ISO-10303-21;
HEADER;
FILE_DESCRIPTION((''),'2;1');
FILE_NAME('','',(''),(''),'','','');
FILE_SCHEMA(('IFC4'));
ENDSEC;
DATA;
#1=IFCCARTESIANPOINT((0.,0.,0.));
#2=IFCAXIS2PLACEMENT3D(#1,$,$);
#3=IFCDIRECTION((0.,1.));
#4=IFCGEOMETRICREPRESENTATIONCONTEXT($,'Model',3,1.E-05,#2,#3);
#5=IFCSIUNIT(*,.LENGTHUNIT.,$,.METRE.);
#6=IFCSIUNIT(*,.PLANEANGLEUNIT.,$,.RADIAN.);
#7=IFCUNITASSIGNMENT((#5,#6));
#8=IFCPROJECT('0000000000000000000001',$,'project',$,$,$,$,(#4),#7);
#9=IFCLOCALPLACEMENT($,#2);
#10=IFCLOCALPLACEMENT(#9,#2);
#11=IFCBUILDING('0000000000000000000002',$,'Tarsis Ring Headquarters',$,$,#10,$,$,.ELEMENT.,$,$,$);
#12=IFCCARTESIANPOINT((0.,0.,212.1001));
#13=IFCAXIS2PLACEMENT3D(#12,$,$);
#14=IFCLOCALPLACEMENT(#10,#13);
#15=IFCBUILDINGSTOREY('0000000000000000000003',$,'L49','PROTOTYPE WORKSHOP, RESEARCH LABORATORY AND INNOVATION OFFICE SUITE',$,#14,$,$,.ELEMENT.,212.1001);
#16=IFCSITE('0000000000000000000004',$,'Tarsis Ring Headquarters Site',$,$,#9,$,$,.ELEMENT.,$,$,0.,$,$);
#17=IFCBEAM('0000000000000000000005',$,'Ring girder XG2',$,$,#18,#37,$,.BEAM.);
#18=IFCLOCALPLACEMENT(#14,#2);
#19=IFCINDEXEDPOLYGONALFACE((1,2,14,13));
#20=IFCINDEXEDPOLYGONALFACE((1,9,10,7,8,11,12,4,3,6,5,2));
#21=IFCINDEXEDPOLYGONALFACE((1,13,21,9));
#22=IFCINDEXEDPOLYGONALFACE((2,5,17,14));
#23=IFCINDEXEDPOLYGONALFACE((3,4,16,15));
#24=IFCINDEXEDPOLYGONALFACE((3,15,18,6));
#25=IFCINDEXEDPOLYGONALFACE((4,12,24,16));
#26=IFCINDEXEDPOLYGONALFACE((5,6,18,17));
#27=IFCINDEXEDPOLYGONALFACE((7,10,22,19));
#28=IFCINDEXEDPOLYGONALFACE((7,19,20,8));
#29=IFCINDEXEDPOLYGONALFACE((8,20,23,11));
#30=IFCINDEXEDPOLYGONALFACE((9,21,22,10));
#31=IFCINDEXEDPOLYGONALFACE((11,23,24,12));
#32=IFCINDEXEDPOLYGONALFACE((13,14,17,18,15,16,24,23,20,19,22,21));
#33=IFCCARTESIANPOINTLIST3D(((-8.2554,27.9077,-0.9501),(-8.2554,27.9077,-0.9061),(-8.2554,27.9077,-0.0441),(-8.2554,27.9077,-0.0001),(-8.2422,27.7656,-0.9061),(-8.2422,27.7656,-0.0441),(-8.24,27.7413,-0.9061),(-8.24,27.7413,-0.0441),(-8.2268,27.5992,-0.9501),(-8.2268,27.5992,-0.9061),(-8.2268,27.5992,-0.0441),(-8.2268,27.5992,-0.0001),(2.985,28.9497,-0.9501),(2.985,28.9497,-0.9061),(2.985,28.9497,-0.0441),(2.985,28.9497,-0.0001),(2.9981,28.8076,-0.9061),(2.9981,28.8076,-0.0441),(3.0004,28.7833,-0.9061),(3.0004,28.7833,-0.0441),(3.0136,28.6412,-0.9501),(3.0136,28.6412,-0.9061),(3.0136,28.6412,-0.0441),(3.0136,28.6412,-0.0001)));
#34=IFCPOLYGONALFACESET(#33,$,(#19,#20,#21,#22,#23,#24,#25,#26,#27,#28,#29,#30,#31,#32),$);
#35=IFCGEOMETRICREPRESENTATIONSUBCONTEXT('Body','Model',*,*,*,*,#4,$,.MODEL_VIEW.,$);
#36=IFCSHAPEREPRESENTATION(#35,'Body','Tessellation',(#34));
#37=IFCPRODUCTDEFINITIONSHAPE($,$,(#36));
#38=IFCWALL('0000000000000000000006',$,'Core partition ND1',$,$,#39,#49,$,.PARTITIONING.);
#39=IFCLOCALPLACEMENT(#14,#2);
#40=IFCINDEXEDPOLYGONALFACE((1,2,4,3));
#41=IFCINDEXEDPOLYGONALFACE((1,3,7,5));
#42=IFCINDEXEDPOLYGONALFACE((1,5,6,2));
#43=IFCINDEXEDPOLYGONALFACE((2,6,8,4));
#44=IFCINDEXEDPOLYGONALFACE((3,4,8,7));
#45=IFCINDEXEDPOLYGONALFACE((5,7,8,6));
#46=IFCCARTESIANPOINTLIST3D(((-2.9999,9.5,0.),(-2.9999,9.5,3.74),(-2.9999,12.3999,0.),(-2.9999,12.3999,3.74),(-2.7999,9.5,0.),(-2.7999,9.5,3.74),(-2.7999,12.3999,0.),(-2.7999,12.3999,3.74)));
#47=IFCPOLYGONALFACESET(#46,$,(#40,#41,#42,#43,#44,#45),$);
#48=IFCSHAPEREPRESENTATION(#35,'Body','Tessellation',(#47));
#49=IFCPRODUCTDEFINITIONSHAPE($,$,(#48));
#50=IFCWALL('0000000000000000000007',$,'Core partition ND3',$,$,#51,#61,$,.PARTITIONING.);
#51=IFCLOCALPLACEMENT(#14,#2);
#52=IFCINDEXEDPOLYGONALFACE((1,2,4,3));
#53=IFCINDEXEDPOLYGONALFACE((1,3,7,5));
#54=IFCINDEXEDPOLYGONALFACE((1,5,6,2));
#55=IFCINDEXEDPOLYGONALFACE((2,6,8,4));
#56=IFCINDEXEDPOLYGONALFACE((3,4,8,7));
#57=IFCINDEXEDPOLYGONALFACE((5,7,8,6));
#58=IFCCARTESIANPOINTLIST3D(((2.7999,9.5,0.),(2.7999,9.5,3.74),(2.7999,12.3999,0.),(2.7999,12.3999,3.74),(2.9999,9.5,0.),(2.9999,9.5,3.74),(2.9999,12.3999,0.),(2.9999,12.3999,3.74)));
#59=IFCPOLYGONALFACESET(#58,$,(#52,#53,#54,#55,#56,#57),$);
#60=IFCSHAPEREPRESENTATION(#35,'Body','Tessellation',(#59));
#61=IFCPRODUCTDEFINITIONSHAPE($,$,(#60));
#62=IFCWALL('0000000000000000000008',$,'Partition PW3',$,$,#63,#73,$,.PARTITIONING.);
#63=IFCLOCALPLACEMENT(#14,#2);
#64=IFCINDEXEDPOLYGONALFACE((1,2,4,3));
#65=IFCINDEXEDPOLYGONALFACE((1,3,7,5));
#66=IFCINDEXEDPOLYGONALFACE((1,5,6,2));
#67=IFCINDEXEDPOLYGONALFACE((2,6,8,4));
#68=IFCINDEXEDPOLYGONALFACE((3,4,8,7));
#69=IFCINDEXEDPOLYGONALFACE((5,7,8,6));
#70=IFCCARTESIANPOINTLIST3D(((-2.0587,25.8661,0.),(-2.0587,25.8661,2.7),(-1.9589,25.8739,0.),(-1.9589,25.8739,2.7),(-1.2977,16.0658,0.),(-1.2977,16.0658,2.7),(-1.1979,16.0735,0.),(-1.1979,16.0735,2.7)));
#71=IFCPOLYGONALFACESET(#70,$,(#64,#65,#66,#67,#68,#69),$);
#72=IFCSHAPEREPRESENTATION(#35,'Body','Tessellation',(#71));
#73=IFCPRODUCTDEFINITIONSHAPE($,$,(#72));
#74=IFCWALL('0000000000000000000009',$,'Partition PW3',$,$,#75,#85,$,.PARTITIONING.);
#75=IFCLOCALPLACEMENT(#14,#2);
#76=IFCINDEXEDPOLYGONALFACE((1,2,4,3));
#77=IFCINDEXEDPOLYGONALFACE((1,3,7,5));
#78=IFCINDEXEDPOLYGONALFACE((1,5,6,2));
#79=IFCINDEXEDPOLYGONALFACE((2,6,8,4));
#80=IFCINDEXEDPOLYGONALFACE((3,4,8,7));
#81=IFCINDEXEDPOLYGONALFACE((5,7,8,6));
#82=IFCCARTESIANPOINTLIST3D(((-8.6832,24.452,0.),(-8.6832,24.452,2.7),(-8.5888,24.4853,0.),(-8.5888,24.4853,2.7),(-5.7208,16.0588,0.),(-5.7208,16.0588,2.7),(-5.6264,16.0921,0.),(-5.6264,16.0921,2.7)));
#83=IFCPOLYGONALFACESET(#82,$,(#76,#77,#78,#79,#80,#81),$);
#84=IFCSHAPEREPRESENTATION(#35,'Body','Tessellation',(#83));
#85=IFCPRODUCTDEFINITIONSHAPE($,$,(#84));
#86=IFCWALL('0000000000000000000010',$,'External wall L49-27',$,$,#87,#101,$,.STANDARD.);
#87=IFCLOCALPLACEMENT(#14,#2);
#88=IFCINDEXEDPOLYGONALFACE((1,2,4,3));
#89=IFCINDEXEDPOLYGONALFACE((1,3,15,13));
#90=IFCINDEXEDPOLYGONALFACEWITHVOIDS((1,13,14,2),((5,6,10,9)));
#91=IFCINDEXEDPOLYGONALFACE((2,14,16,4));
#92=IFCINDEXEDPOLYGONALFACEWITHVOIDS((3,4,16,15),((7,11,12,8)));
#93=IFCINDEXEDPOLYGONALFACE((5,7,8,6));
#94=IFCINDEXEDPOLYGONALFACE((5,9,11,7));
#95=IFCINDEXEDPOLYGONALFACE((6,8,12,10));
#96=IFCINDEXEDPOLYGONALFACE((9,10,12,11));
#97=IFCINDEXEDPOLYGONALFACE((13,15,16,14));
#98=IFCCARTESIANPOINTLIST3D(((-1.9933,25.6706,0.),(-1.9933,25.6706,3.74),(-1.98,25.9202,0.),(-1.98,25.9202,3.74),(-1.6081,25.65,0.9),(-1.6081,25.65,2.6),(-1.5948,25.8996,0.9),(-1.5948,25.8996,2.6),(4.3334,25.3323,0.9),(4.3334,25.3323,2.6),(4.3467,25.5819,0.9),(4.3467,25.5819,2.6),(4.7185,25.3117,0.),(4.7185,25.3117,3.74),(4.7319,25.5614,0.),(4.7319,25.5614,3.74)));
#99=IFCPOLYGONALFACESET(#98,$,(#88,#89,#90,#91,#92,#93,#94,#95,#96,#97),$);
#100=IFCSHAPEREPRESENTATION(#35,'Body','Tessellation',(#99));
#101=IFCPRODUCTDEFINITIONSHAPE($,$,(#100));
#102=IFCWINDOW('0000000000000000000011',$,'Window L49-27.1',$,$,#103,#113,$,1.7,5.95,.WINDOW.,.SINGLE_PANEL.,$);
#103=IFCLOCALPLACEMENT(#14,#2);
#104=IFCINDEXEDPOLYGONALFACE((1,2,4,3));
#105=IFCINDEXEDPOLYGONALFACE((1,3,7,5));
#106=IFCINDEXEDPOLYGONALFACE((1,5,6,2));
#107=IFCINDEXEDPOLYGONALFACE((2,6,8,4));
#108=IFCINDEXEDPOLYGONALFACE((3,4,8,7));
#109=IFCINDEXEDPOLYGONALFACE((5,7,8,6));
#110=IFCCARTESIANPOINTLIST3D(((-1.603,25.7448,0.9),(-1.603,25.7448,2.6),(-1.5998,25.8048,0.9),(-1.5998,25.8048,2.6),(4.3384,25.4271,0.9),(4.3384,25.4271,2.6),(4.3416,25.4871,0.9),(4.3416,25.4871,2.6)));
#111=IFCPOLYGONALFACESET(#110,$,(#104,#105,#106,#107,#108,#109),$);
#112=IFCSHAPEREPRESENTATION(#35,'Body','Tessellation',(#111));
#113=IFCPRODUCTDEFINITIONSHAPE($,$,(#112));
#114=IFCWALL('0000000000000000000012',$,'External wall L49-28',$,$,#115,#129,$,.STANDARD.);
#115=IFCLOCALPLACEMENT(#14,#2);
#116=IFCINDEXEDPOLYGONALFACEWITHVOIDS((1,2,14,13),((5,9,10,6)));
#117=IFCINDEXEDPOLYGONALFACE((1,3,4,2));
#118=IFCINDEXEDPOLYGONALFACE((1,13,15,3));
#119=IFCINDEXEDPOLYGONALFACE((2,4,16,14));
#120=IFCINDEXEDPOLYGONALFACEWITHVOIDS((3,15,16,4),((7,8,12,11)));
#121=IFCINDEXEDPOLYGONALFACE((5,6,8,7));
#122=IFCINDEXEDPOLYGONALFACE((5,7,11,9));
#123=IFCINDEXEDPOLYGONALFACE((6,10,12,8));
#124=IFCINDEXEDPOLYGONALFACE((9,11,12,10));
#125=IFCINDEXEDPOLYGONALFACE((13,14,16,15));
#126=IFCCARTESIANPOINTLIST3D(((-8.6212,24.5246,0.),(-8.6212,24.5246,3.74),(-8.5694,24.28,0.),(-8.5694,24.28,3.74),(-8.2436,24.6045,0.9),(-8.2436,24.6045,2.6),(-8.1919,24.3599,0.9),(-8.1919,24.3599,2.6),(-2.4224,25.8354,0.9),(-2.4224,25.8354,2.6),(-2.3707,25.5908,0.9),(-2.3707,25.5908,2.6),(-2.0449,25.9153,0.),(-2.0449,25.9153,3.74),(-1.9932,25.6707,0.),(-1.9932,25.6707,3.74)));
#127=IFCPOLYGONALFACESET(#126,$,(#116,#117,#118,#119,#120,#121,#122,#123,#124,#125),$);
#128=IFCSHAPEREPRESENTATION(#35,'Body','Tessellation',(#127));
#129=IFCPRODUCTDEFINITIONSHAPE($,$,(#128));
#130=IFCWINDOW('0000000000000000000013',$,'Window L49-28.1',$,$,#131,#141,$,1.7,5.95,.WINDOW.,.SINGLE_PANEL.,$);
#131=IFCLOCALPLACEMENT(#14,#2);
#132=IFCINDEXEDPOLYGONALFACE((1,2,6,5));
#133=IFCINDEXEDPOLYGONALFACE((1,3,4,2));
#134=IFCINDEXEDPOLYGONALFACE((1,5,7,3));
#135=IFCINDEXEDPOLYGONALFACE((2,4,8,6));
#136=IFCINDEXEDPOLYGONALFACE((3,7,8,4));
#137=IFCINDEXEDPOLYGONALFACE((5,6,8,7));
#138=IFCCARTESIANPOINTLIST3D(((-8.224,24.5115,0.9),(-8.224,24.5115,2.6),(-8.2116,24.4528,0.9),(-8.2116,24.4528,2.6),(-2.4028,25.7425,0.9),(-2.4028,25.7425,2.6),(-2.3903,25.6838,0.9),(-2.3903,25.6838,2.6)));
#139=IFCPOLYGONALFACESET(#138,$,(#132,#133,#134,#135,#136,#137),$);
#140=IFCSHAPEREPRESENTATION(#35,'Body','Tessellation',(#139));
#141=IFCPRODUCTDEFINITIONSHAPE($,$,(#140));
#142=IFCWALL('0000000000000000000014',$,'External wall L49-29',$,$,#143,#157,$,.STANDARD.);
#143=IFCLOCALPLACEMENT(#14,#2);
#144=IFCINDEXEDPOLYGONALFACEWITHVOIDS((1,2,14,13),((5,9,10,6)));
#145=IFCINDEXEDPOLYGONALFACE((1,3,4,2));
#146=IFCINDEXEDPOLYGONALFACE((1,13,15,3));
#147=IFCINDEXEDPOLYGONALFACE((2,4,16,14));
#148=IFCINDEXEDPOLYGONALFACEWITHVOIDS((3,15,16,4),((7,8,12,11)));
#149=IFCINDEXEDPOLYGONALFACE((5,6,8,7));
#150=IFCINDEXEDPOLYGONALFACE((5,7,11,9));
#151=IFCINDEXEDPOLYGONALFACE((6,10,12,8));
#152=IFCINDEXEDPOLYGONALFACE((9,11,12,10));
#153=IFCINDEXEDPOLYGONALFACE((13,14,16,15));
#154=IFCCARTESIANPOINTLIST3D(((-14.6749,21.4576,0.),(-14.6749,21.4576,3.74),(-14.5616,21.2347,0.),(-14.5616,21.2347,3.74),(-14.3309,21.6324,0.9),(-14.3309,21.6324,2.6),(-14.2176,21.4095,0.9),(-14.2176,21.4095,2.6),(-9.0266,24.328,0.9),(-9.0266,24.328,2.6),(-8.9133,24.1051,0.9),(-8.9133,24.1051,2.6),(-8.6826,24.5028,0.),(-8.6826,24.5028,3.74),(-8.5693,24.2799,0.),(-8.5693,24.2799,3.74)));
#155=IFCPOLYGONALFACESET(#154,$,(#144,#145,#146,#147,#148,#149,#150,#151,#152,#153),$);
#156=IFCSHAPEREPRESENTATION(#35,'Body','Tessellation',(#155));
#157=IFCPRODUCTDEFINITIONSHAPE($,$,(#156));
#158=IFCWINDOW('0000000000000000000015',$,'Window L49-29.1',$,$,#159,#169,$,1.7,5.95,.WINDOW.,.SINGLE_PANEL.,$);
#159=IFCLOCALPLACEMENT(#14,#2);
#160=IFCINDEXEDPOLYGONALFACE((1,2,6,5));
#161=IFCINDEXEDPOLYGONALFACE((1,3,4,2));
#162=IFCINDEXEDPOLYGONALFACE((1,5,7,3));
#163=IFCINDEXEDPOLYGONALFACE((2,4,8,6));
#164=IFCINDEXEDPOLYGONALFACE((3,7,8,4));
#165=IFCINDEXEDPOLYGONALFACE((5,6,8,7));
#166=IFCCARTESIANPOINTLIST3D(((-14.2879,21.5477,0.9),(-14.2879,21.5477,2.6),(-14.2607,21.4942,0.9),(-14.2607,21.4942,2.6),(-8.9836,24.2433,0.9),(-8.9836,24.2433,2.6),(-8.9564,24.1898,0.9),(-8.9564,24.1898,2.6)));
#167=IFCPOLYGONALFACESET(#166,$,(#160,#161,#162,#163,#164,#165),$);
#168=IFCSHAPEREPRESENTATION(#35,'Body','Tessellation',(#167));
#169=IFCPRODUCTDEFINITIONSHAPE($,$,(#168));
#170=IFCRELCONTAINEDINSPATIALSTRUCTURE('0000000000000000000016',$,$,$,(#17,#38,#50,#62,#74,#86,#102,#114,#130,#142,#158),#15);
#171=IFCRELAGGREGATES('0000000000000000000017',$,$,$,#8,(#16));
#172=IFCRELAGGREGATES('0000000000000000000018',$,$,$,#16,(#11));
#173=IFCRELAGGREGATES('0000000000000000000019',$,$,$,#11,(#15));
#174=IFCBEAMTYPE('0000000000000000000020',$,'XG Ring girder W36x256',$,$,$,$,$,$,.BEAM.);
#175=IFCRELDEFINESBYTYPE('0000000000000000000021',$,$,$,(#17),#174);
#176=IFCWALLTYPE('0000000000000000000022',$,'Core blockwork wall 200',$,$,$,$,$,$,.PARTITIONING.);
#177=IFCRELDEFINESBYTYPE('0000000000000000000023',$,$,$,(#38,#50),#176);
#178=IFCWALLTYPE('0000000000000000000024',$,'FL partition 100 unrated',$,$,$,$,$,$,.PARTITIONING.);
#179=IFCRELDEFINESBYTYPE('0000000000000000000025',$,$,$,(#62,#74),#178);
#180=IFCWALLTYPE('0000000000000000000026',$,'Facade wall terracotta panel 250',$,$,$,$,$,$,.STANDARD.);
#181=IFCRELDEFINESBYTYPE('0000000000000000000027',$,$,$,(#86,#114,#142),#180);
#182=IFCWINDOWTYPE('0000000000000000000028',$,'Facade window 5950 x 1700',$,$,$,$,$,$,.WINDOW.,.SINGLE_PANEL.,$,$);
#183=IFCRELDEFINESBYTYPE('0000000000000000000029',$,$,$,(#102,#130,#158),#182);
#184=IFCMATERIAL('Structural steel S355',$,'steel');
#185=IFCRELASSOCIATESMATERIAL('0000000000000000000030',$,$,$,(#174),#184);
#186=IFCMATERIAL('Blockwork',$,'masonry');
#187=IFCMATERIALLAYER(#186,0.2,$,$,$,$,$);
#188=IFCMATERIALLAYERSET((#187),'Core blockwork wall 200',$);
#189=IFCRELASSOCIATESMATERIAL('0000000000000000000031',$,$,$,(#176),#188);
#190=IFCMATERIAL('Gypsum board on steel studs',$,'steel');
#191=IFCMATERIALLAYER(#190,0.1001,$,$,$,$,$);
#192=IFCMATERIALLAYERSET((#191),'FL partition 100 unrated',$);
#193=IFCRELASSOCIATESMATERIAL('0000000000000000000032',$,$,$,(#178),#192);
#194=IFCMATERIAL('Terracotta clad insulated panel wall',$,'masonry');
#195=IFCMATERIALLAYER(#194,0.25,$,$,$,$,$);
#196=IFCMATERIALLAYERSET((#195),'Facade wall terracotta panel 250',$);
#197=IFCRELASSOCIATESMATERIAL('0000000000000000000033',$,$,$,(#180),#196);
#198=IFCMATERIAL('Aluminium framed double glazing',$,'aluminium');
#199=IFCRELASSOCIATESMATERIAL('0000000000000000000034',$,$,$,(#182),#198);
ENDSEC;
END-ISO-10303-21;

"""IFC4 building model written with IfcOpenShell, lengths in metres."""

from ifc_helpers import new_model, si_unit, direction, frame, frame_2d, origin, origin_2d, place, context, subcontext, project, spatial, rectangle, i_section, extrude, material, layer, layer_set, material_profile, profile_set, type_object, element, fill, save


model = new_model("IFC4")

# Units and contexts
model_context = context("Model", 3, precision=1e-05, world=origin(), true_north=direction((0.0, 1.0)))
body_context = subcontext(model_context, "Body", "Model", "MODEL_VIEW")
ifc_project = project(units=[si_unit("LENGTHUNIT", "METRE"), si_unit("PLANEANGLEUNIT", "RADIAN")], contexts=[model_context])

# Site, building, storey
site_placement = place(None, origin())
site = spatial("IfcSite", under=ifc_project, at=site_placement, Name="Tarsis Ring Headquarters Site", CompositionType="ELEMENT", RefElevation=0.0)
building_placement = place(site_placement, origin())
building = spatial("IfcBuilding", under=site, at=building_placement, Name="Tarsis Ring Headquarters", CompositionType="ELEMENT")
storey_placement = place(building_placement, frame((0.0, 0.0, 212.1001)))
storey = spatial("IfcBuildingStorey", under=building, at=storey_placement, Name="L49", Description="PROTOTYPE WORKSHOP, RESEARCH LABORATORY AND INNOVATION OFFICE SUITE", CompositionType="ELEMENT", Elevation=212.1001)

# Shared definitions
ifc_material_1 = material(Name="Structural steel S355", Category="steel")

# Beam
ifc_material_profile_1 = material_profile(ifc_material_1, i_section(OverallWidth=0.3098, OverallDepth=0.95, WebThickness=0.0244, FlangeThickness=0.0439, at=origin_2d()), Name="W36x256")
ifc_profile_set_1 = profile_set([ifc_material_profile_1], Name="Structural steel S355")
beam_type_1 = type_object("IfcBeamType", Name="XG Ring girder W36x256", PredefinedType="BEAM", material=ifc_profile_set_1)
beam_1_placement = place(storey_placement, frame((2.9993, 28.7954, -0.4751), z_axis=(-0.995731, -0.092304, 0.0), x_axis=(0.092304, -0.995731, 0.0)))
element("IfcBeam", 1, at=beam_1_placement, inside=storey, type_object=beam_type_1, Name="Ring girder XG2", PredefinedType="BEAM", context=body_context, shape_type="SweptSolid", body=[
    extrude(i_section(OverallWidth=0.3098, OverallDepth=0.95, WebThickness=0.0244, FlangeThickness=0.0439, at=origin_2d()), origin(), (0.0, 0.0, 1.0), 11.2886),
])

# Walls
ifc_material_2 = material(Name="Blockwork", Category="masonry")
ifc_layer_1 = layer(ifc_material_2, 0.2)
ifc_layer_set_1 = layer_set([ifc_layer_1], Name="Core blockwork wall 200")
wall_type_1 = type_object("IfcWallType", Name="Core blockwork wall 200", PredefinedType="PARTITIONING", material=ifc_layer_set_1)
for number, where, z_axis, x_axis, name in (
    (2, (-2.8999, 9.5, 0.0), (0.0, 0.0, 1.0), (0.0, 1.0, 0.0), "Core partition ND1"),
    (3, (2.8999, 9.5, 0.0), (0.0, 0.0, 1.0), (0.0, 1.0, 0.0), "Core partition ND3"),
):
    element("IfcWall", number, at=place(storey_placement, frame(where, z_axis=z_axis, x_axis=x_axis)), inside=storey, type_object=wall_type_1, Name=name, PredefinedType="PARTITIONING", context=body_context, shape_type="SweptSolid", body=[
        extrude(rectangle(XDim=2.8999, YDim=0.2, at=frame_2d((1.45, 0.0))), origin(), (0.0, 0.0, 1.0), 3.74),
    ])
ifc_material_3 = material(Name="Gypsum board on steel studs", Category="steel")
ifc_layer_2 = layer(ifc_material_3, 0.1001)
ifc_layer_set_2 = layer_set([ifc_layer_2], Name="FL partition 100 unrated")
wall_type_2 = type_object("IfcWallType", Name="FL partition 100 unrated", PredefinedType="PARTITIONING", material=ifc_layer_set_2)
wall_1_placement = place(storey_placement, frame((-2.0088, 25.8701, 0.0), z_axis=(0.0, 0.0, 1.0), x_axis=(0.077416, -0.996999, 0.0)))
element("IfcWall", 4, at=wall_1_placement, inside=storey, type_object=wall_type_2, Name="Partition PW3", PredefinedType="PARTITIONING", context=body_context, shape_type="SweptSolid", body=[
    extrude(rectangle(XDim=9.8298, YDim=0.1001, at=frame_2d((4.915, 0.0))), origin(), (0.0, 0.0, 1.0), 2.7),
])
wall_2_placement = place(storey_placement, frame((-8.636, 24.4685, 0.0), z_axis=(0.0, 0.0, 1.0), x_axis=(0.332834, -0.942985, 0.0)))
element("IfcWall", 5, at=wall_2_placement, inside=storey, type_object=wall_type_2, Name="Partition PW3", PredefinedType="PARTITIONING", context=body_context, shape_type="SweptSolid", body=[
    extrude(rectangle(XDim=8.9006, YDim=0.1001, at=frame_2d((4.4502, 0.0))), origin(), (0.0, 0.0, 1.0), 2.7),
])

# Walls, openings, windows
ifc_material_4 = material(Name="Terracotta clad insulated panel wall", Category="masonry")
ifc_layer_3 = layer(ifc_material_4, 0.25)
ifc_layer_set_3 = layer_set([ifc_layer_3], Name="Facade wall terracotta panel 250")
wall_type_3 = type_object("IfcWallType", Name="Facade wall terracotta panel 250", PredefinedType="STANDARD", material=ifc_layer_set_3)
wall_3_placement = place(storey_placement, frame((4.7253, 25.4365, 0.0), z_axis=(0.0, 0.0, 1.0), x_axis=(-0.998574, 0.053394, 0.0)))
wall_3 = element("IfcWall", 6, at=wall_3_placement, inside=storey, type_object=wall_type_3, Name="External wall L49-27", PredefinedType="STANDARD", context=body_context, shape_type="SweptSolid", body=[
    extrude(rectangle(XDim=6.7214, YDim=0.25, at=frame_2d((3.3608, 0.0))), origin(), (0.0, 0.0, 1.0), 3.74),
])
opening_1_placement = place(wall_3_placement, frame((0.3857, 0.0, 0.8999)))
opening_1 = element("IfcOpeningElement", 7, at=opening_1_placement, cuts=wall_3, PredefinedType="OPENING", context=body_context, shape_type="SweptSolid", body=[
    extrude(rectangle(XDim=5.95, YDim=1.7, at=frame_2d((2.9751, 0.8501))), frame((0.0, 0.135, 0.0), z_axis=(0.0, -1.0, 0.0), x_axis=(1.0, 0.0, 0.0)), (0.0, 0.0, 1.0), 0.27),
])
ifc_material_5 = material(Name="Aluminium framed double glazing", Category="aluminium")
window_type = type_object("IfcWindowType", Name="Facade window 5950 x 1700", PartitioningType="SINGLE_PANEL", PredefinedType="WINDOW", material=ifc_material_5)
window_1_placement = place(opening_1_placement, origin())
window_1 = element("IfcWindow", 8, at=window_1_placement, inside=storey, type_object=window_type, Name="Window L49-27.1", OverallHeight=1.7, OverallWidth=5.95, PartitioningType="SINGLE_PANEL", PredefinedType="WINDOW", context=body_context, shape_type="SweptSolid", body=[
    extrude(rectangle(XDim=5.95, YDim=1.7, at=frame_2d((2.9751, 0.8501))), frame((0.0, 0.03, 0.0), z_axis=(0.0, -1.0, 0.0), x_axis=(1.0, 0.0, 0.0)), (0.0, 0.0, 1.0), 0.0601),
])
fill(opening_1, window_1)
wall_4_placement = place(storey_placement, frame((-2.019, 25.793, 0.0), z_axis=(0.0, 0.0, 1.0), x_axis=(-0.978364, -0.206889, 0.0)))
wall_4 = element("IfcWall", 9, at=wall_4_placement, inside=storey, type_object=wall_type_3, Name="External wall L49-28", PredefinedType="STANDARD", context=body_context, shape_type="SweptSolid", body=[
    extrude(rectangle(XDim=6.7217, YDim=0.25, at=frame_2d((3.3608, 0.0))), origin(), (0.0, 0.0, 1.0), 3.74),
])
opening_2_placement = place(wall_4_placement, frame((0.3857, 0.0, 0.8999)))
opening_2 = element("IfcOpeningElement", 10, at=opening_2_placement, cuts=wall_4, PredefinedType="OPENING", context=body_context, shape_type="SweptSolid", body=[
    extrude(rectangle(XDim=5.95, YDim=1.7, at=frame_2d((2.9751, 0.8501))), frame((0.0, 0.135, 0.0), z_axis=(0.0, -1.0, 0.0), x_axis=(1.0, 0.0, 0.0)), (0.0, 0.0, 1.0), 0.27),
])
window_2_placement = place(opening_2_placement, origin())
window_2 = element("IfcWindow", 11, at=window_2_placement, inside=storey, type_object=window_type, Name="Window L49-28.1", OverallHeight=1.7, OverallWidth=5.95, PartitioningType="SINGLE_PANEL", PredefinedType="WINDOW", context=body_context, shape_type="SweptSolid", body=[
    extrude(rectangle(XDim=5.95, YDim=1.7, at=frame_2d((2.9751, 0.8501))), frame((0.0, 0.03, 0.0), z_axis=(0.0, -1.0, 0.0), x_axis=(1.0, 0.0, 0.0)), (0.0, 0.0, 1.0), 0.0601),
])
fill(opening_2, window_2)
wall_5_placement = place(storey_placement, frame((-8.626, 24.3914, 0.0), z_axis=(0.0, 0.0, 1.0), x_axis=(-0.891488, -0.453045, 0.0)))
wall_5 = element("IfcWall", 12, at=wall_5_placement, inside=storey, type_object=wall_type_3, Name="External wall L49-29", PredefinedType="STANDARD", context=body_context, shape_type="SweptSolid", body=[
    extrude(rectangle(XDim=6.7217, YDim=0.25, at=frame_2d((3.3608, 0.0))), origin(), (0.0, 0.0, 1.0), 3.74),
])
opening_3_placement = place(wall_5_placement, frame((0.3857, 0.0, 0.8999)))
opening_3 = element("IfcOpeningElement", 13, at=opening_3_placement, cuts=wall_5, PredefinedType="OPENING", context=body_context, shape_type="SweptSolid", body=[
    extrude(rectangle(XDim=5.95, YDim=1.7, at=frame_2d((2.9751, 0.8501))), frame((0.0, 0.135, 0.0), z_axis=(0.0, -1.0, 0.0), x_axis=(1.0, 0.0, 0.0)), (0.0, 0.0, 1.0), 0.27),
])
window_3_placement = place(opening_3_placement, origin())
window_3 = element("IfcWindow", 14, at=window_3_placement, inside=storey, type_object=window_type, Name="Window L49-29.1", OverallHeight=1.7, OverallWidth=5.95, PartitioningType="SINGLE_PANEL", PredefinedType="WINDOW", context=body_context, shape_type="SweptSolid", body=[
    extrude(rectangle(XDim=5.95, YDim=1.7, at=frame_2d((2.9751, 0.8501))), frame((0.0, 0.03, 0.0), z_axis=(0.0, -1.0, 0.0), x_axis=(1.0, 0.0, 0.0)), (0.0, 0.0, 1.0), 0.0601),
])
fill(opening_3, window_3)

save(model, "model.ifc")
